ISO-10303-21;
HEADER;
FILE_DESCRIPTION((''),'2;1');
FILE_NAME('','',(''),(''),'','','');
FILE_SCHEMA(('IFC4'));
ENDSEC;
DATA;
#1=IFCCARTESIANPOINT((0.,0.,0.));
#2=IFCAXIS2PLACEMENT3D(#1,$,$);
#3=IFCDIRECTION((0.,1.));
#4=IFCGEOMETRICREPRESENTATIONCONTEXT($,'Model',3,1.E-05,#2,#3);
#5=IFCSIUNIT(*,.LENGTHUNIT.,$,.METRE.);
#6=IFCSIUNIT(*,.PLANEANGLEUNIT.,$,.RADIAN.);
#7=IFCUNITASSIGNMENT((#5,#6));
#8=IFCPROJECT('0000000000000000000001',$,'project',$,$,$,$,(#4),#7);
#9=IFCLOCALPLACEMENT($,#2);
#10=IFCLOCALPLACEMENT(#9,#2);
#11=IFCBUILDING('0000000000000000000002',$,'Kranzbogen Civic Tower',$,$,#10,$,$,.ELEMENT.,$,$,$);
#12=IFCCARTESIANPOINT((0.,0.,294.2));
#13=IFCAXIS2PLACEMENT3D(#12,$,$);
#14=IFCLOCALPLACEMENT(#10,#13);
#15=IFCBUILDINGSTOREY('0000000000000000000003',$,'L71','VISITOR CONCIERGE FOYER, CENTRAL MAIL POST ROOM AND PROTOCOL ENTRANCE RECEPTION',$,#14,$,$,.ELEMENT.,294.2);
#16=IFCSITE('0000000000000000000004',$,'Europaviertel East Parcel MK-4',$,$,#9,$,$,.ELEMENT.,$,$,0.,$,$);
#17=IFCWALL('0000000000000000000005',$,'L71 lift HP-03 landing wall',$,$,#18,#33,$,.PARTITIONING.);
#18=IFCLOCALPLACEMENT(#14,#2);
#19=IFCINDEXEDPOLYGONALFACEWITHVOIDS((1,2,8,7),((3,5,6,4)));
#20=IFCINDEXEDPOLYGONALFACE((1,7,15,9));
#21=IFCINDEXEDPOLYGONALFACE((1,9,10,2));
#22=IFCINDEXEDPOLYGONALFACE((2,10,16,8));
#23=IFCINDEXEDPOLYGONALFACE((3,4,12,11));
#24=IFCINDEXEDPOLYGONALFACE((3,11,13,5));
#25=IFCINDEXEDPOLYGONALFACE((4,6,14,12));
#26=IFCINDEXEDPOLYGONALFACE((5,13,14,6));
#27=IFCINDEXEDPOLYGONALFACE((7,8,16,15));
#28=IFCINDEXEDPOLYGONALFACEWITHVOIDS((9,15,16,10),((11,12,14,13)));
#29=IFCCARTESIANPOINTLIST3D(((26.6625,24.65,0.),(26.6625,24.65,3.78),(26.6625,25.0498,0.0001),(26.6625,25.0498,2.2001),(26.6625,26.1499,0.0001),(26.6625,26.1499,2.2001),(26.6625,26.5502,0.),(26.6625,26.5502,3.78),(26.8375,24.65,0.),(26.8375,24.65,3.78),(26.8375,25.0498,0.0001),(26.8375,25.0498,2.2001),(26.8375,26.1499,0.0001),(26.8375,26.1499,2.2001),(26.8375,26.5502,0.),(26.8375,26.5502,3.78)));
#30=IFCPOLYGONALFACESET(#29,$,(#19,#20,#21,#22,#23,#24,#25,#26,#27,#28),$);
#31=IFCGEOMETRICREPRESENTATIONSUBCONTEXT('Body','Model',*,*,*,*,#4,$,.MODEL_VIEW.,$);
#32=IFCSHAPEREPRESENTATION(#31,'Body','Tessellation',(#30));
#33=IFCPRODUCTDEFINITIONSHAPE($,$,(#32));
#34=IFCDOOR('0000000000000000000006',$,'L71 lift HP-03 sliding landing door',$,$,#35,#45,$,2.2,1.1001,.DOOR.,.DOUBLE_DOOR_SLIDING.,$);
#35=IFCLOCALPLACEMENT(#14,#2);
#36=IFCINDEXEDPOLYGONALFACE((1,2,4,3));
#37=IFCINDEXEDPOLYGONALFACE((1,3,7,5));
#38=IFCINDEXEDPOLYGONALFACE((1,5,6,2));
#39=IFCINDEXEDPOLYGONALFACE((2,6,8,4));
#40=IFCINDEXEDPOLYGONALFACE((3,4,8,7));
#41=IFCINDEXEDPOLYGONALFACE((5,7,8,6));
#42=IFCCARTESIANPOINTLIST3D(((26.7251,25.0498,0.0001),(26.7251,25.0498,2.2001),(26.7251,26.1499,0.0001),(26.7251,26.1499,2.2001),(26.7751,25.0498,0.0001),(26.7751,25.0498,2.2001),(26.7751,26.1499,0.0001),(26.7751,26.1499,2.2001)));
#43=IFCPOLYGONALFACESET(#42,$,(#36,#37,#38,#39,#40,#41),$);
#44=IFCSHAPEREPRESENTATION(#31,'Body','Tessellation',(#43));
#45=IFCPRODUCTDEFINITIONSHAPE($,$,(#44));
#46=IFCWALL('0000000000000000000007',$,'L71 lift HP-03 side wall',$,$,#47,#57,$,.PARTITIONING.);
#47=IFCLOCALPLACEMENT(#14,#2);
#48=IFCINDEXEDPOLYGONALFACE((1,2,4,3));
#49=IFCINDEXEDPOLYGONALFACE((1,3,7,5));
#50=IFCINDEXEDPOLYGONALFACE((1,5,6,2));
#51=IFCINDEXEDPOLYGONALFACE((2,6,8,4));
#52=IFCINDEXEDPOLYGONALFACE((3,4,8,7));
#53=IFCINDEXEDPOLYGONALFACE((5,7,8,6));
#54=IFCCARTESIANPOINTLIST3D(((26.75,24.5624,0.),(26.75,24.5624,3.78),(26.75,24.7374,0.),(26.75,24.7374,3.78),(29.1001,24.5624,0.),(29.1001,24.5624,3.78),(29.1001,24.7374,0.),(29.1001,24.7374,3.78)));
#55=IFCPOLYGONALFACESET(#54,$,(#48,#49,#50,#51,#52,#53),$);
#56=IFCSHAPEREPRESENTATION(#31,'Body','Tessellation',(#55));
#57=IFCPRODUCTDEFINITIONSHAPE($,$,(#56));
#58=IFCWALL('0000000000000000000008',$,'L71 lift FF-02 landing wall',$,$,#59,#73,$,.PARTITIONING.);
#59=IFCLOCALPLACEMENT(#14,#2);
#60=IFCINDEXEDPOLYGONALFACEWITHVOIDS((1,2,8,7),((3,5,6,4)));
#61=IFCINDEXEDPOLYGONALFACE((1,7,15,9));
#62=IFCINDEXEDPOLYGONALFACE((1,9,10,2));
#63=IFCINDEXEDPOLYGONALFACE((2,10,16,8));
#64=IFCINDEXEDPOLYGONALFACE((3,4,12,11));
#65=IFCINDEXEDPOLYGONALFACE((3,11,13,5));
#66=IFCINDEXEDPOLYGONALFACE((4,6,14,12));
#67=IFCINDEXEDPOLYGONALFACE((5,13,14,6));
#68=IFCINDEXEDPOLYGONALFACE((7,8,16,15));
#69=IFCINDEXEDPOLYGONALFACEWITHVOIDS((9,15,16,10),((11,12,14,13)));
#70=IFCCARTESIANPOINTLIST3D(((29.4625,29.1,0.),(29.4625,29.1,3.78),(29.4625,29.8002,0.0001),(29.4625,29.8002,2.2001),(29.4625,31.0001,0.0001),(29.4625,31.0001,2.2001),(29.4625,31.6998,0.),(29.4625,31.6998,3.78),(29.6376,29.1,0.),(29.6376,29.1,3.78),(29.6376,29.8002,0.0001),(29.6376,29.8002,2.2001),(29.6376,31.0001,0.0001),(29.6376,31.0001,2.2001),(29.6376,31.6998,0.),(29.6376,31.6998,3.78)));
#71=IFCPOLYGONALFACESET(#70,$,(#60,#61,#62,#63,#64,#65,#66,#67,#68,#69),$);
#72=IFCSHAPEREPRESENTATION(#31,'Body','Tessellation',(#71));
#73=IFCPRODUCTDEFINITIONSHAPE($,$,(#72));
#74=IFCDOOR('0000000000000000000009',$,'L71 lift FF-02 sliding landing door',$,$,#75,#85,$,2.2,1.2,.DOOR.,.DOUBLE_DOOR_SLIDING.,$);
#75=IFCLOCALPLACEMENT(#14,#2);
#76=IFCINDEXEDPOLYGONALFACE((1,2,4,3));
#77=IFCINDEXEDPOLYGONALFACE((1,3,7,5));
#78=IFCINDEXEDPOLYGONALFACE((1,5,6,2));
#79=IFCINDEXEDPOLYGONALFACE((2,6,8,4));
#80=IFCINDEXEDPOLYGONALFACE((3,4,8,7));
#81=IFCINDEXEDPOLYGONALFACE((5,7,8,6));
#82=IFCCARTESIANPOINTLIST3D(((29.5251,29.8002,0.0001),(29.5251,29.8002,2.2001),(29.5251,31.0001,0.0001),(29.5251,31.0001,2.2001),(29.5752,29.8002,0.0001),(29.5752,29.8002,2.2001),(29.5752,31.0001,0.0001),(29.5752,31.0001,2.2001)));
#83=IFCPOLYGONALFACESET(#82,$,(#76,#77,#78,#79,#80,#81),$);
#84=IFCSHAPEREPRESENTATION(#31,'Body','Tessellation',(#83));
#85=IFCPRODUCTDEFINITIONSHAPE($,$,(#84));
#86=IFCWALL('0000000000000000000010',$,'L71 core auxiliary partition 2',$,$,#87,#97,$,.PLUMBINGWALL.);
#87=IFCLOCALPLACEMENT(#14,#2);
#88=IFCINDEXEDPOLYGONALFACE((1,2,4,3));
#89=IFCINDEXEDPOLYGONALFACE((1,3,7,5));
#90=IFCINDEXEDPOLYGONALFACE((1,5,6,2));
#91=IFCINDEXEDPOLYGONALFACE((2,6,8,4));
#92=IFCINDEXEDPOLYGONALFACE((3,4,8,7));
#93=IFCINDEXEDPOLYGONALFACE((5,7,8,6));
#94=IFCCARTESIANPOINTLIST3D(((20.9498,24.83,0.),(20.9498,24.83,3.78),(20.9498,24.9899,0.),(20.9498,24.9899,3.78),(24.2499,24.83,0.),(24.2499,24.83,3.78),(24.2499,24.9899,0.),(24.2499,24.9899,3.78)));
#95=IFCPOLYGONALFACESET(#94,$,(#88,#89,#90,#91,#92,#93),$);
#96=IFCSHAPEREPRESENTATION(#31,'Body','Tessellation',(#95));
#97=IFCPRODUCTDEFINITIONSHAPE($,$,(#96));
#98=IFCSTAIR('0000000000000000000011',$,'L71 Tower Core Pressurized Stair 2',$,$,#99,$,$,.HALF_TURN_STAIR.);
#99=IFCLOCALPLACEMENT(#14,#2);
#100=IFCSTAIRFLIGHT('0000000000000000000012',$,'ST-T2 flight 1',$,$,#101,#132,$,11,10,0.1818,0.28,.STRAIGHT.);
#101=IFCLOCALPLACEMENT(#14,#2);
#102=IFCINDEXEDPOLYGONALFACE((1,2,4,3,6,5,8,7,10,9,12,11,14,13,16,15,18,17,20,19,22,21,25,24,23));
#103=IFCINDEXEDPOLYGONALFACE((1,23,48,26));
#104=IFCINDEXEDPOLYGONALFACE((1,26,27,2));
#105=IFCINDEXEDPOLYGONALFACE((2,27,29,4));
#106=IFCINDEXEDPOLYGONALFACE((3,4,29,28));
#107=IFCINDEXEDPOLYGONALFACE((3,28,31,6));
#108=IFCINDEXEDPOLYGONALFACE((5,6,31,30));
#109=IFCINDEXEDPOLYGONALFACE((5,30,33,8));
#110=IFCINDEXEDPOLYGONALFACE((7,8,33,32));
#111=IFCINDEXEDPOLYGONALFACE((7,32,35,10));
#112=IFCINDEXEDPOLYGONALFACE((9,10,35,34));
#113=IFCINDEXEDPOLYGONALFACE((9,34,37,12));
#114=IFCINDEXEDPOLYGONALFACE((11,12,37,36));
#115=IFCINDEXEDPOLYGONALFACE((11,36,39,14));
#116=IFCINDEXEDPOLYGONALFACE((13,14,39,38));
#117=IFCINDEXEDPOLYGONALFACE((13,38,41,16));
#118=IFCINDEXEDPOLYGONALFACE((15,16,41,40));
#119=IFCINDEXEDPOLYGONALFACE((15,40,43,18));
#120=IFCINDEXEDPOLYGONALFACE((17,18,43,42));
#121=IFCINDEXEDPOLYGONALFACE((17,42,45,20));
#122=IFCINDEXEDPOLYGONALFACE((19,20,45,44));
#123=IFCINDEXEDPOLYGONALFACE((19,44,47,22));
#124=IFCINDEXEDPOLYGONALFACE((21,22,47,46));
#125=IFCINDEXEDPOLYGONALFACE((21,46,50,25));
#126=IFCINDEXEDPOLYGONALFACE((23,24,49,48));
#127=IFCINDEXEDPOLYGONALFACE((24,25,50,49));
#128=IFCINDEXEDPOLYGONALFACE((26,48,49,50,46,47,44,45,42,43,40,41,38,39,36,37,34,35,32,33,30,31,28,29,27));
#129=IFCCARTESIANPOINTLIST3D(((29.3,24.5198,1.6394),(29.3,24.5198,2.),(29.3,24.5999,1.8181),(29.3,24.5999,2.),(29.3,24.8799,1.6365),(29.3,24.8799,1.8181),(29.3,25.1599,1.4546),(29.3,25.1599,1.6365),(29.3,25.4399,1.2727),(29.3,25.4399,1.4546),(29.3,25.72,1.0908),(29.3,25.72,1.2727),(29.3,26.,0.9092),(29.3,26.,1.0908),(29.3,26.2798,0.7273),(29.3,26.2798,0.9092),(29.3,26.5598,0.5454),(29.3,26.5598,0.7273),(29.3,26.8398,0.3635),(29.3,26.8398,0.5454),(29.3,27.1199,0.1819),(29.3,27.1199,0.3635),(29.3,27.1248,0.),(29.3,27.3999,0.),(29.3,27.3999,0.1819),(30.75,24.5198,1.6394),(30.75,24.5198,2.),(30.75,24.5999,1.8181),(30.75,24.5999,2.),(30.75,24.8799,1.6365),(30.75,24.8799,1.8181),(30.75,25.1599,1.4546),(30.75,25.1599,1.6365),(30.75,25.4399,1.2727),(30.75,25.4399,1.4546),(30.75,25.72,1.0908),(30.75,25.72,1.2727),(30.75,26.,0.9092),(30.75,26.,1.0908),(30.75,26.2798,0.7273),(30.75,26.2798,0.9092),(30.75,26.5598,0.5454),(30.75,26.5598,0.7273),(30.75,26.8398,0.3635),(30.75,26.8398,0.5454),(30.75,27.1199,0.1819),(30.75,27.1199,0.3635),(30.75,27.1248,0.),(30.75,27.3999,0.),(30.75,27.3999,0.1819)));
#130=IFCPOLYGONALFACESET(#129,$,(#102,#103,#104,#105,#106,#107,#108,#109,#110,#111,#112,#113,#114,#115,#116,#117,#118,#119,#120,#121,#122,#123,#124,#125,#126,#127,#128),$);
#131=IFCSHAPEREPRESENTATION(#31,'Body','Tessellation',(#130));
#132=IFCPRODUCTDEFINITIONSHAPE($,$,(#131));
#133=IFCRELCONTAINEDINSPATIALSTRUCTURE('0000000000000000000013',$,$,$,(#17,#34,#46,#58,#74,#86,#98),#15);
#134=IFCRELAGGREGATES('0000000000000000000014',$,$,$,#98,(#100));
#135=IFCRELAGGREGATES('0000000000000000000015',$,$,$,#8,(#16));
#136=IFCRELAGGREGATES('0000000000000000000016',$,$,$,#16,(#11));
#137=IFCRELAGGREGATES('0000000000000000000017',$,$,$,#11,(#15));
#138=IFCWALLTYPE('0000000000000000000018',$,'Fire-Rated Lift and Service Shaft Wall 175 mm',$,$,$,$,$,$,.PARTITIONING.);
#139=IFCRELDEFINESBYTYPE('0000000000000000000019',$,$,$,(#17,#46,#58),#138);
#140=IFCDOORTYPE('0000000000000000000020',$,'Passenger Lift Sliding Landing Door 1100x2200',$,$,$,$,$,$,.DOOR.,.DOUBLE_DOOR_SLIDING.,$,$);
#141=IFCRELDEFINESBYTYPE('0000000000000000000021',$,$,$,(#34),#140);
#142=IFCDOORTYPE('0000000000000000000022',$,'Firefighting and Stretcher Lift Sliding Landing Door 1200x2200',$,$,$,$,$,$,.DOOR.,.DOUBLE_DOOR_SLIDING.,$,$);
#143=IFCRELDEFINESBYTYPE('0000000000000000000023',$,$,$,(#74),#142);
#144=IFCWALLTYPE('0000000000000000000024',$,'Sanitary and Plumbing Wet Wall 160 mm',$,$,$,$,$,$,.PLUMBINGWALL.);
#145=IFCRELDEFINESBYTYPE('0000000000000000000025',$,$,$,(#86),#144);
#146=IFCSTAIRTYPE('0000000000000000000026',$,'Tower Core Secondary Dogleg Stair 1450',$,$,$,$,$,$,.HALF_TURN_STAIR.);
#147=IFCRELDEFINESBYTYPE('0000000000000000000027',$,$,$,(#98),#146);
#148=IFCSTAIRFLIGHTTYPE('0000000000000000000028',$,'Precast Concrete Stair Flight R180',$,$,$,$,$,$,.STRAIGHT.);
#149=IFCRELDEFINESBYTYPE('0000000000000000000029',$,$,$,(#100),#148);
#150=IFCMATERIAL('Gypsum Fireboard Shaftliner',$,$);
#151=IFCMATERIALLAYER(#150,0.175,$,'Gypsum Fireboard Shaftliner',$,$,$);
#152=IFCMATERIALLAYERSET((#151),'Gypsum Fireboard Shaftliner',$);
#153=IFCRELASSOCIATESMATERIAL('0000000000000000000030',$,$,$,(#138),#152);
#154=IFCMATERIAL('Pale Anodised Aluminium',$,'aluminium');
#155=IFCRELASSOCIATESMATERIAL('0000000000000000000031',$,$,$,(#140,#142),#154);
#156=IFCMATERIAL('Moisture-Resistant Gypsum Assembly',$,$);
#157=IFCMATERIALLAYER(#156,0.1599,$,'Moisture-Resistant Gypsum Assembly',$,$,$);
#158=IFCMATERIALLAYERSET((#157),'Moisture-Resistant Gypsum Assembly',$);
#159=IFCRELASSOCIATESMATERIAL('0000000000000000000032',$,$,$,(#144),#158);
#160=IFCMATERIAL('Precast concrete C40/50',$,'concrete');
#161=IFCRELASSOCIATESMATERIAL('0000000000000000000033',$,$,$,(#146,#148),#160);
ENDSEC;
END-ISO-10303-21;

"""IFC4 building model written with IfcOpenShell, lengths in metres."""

from ifc_helpers import new_model, si_unit, direction, frame, frame_2d, origin, place, context, subcontext, project, spatial, polyline, rectangle, outline, extrude, material, layer, layer_set, type_object, element, fill, aggregate, save


model = new_model("IFC4")

# Units and contexts
model_context = context("Model", 3, precision=1e-05, world=origin(), true_north=direction((0.0, 1.0)))
body_context = subcontext(model_context, "Body", "Model", "MODEL_VIEW")
ifc_project = project(units=[si_unit("LENGTHUNIT", "METRE"), si_unit("PLANEANGLEUNIT", "RADIAN")], contexts=[model_context])

# Site, building, storey
site_placement = place(None, origin())
site = spatial("IfcSite", under=ifc_project, at=site_placement, Name="Europaviertel East Parcel MK-4", CompositionType="ELEMENT", RefElevation=0.0)
building_placement = place(site_placement, origin())
building = spatial("IfcBuilding", under=site, at=building_placement, Name="Kranzbogen Civic Tower", CompositionType="ELEMENT")
storey_placement = place(building_placement, frame((0.0, 0.0, 294.2)))
storey = spatial("IfcBuildingStorey", under=building, at=storey_placement, Name="L71", Description="VISITOR CONCIERGE FOYER, CENTRAL MAIL POST ROOM AND PROTOCOL ENTRANCE RECEPTION", CompositionType="ELEMENT", Elevation=294.2)

# Shared definitions
ifc_material_1 = material(Name="Pale Anodised Aluminium", Category="aluminium")

# Wall, opening, door
ifc_material_2 = material(Name="Gypsum Fireboard Shaftliner")
ifc_layer_1 = layer(ifc_material_2, 0.175, Name="Gypsum Fireboard Shaftliner")
ifc_layer_set_1 = layer_set([ifc_layer_1], Name="Gypsum Fireboard Shaftliner")
wall_type_1 = type_object("IfcWallType", Name="Fire-Rated Lift and Service Shaft Wall 175 mm", PredefinedType="PARTITIONING", material=ifc_layer_set_1)
wall_1_placement = place(storey_placement, frame((26.75, 24.6499, 0.0), z_axis=(0.0, 0.0, 1.0), x_axis=(0.0, 1.0, 0.0)))
wall_1 = element("IfcWall", 1, at=wall_1_placement, inside=storey, type_object=wall_type_1, Name="L71 lift HP-03 landing wall", PredefinedType="PARTITIONING", context=body_context, shape_type="SweptSolid", body=[
    extrude(rectangle(XDim=1.9001, YDim=0.175, at=frame_2d((0.9502, 0.0))), origin(), (0.0, 0.0, 1.0), 3.78),
])
opening_1_placement = place(wall_1_placement, frame((0.3999, 0.0, 0.0)))
opening_1 = element("IfcOpeningElement", 2, at=opening_1_placement, cuts=wall_1, PredefinedType="OPENING", context=body_context, shape_type="SweptSolid", body=[
    extrude(rectangle(XDim=1.1001, YDim=2.2, at=frame_2d((0.55, 1.1001))), frame((0.0, 0.0977, 0.0), z_axis=(0.0, -1.0, 0.0), x_axis=(1.0, 0.0, 0.0)), (0.0, 0.0, 1.0), 0.1951),
])
door_type_1 = type_object("IfcDoorType", Name="Passenger Lift Sliding Landing Door 1100x2200", OperationType="DOUBLE_DOOR_SLIDING", PredefinedType="DOOR", material=ifc_material_1)
door_1_placement = place(opening_1_placement, origin())
door_1 = element("IfcDoor", 3, at=door_1_placement, inside=storey, type_object=door_type_1, Name="L71 lift HP-03 sliding landing door", OperationType="DOUBLE_DOOR_SLIDING", OverallHeight=2.2, OverallWidth=1.1001, PredefinedType="DOOR", context=body_context, shape_type="SweptSolid", body=[
    extrude(rectangle(XDim=1.1001, YDim=2.2, at=frame_2d((0.55, 1.1001))), frame((0.0, 0.0249, 0.0), z_axis=(0.0, -1.0, 0.0), x_axis=(1.0, 0.0, 0.0)), (0.0, 0.0, 1.0), 0.05),
])
fill(opening_1, door_1)

# Wall
wall_2_placement = place(storey_placement, frame((26.75, 24.6499, 0.0), z_axis=(0.0, 0.0, 1.0), x_axis=(1.0, 0.0, 0.0)))
element("IfcWall", 4, at=wall_2_placement, inside=storey, type_object=wall_type_1, Name="L71 lift HP-03 side wall", PredefinedType="PARTITIONING", context=body_context, shape_type="SweptSolid", body=[
    extrude(rectangle(XDim=2.3501, YDim=0.175, at=frame_2d((1.175, 0.0))), origin(), (0.0, 0.0, 1.0), 3.78),
])

# Wall, opening, door
wall_3_placement = place(storey_placement, frame((29.55, 29.1001, 0.0), z_axis=(0.0, 0.0, 1.0), x_axis=(0.0, 1.0, 0.0)))
wall_3 = element("IfcWall", 5, at=wall_3_placement, inside=storey, type_object=wall_type_1, Name="L71 lift FF-02 landing wall", PredefinedType="PARTITIONING", context=body_context, shape_type="SweptSolid", body=[
    extrude(rectangle(XDim=2.5999, YDim=0.175, at=frame_2d((1.2998, 0.0))), origin(), (0.0, 0.0, 1.0), 3.78),
])
opening_2_placement = place(wall_3_placement, frame((0.7, 0.0, 0.0)))
opening_2 = element("IfcOpeningElement", 6, at=opening_2_placement, cuts=wall_3, PredefinedType="OPENING", context=body_context, shape_type="SweptSolid", body=[
    extrude(rectangle(XDim=1.2, YDim=2.2, at=frame_2d((0.6001, 1.1001))), frame((0.0, 0.0977, 0.0), z_axis=(0.0, -1.0, 0.0), x_axis=(1.0, 0.0, 0.0)), (0.0, 0.0, 1.0), 0.1951),
])
door_type_2 = type_object("IfcDoorType", Name="Firefighting and Stretcher Lift Sliding Landing Door 1200x2200", OperationType="DOUBLE_DOOR_SLIDING", PredefinedType="DOOR", material=ifc_material_1)
door_2_placement = place(opening_2_placement, origin())
door_2 = element("IfcDoor", 7, at=door_2_placement, inside=storey, type_object=door_type_2, Name="L71 lift FF-02 sliding landing door", OperationType="DOUBLE_DOOR_SLIDING", OverallHeight=2.2, OverallWidth=1.2, PredefinedType="DOOR", context=body_context, shape_type="SweptSolid", body=[
    extrude(rectangle(XDim=1.2, YDim=2.2, at=frame_2d((0.6001, 1.1001))), frame((0.0, 0.0249, 0.0), z_axis=(0.0, -1.0, 0.0), x_axis=(1.0, 0.0, 0.0)), (0.0, 0.0, 1.0), 0.05),
])
fill(opening_2, door_2)

# Wall
ifc_material_3 = material(Name="Moisture-Resistant Gypsum Assembly")
ifc_layer_2 = layer(ifc_material_3, 0.1599, Name="Moisture-Resistant Gypsum Assembly")
ifc_layer_set_2 = layer_set([ifc_layer_2], Name="Moisture-Resistant Gypsum Assembly")
wall_type_2 = type_object("IfcWallType", Name="Sanitary and Plumbing Wet Wall 160 mm", PredefinedType="PLUMBINGWALL", material=ifc_layer_set_2)
wall_4_placement = place(storey_placement, frame((20.95, 24.9099, 0.0), z_axis=(0.0, 0.0, 1.0), x_axis=(1.0, 0.0, 0.0)))
element("IfcWall", 8, at=wall_4_placement, inside=storey, type_object=wall_type_2, Name="L71 core auxiliary partition 2", PredefinedType="PLUMBINGWALL", context=body_context, shape_type="SweptSolid", body=[
    extrude(rectangle(XDim=3.3, YDim=0.1599, at=frame_2d((1.6499, 0.0))), origin(), (0.0, 0.0, 1.0), 3.78),
])

# Stair, stair flight
ifc_material_4 = material(Name="Precast concrete C40/50", Category="concrete")
stair_type = type_object("IfcStairType", Name="Tower Core Secondary Dogleg Stair 1450", PredefinedType="HALF_TURN_STAIR", material=ifc_material_4)
stair_placement = place(storey_placement, origin())
stair = element("IfcStair", 9, at=stair_placement, inside=storey, type_object=stair_type, Name="L71 Tower Core Pressurized Stair 2", PredefinedType="HALF_TURN_STAIR")
stair_flight_type = type_object("IfcStairFlightType", Name="Precast Concrete Stair Flight R180", PredefinedType="STRAIGHT", material=ifc_material_4)
stair_flight_placement = place(storey_placement, frame((30.0249, 27.3999, 0.0), z_axis=(0.0, 0.0, 1.0), x_axis=(0.0, -1.0, 0.0)))
stair_flight = element("IfcStairFlight", 10, at=stair_flight_placement, type_object=stair_flight_type, Name="ST-T2 flight 1", NumberOfRisers=11, NumberOfTreads=10, PredefinedType="STRAIGHT", RiserHeight=0.1818, TreadLength=0.28, context=body_context, shape_type="SweptSolid", body=[
    extrude(outline(polyline([(0.0, 0.0), (0.0, 0.1819), (0.28, 0.1819), (0.28, 0.3635), (0.5601, 0.3635), (0.5601, 0.5454), (0.8401, 0.5454), (0.8401, 0.7273), (1.1201, 0.7273), (1.1201, 0.9092), (1.3999, 0.9092), (1.3999, 1.0908), (1.6799, 1.0908), (1.6799, 1.2727), (1.96, 1.2727), (1.96, 1.4546), (2.24, 1.4546), (2.24, 1.6365), (2.52, 1.6365), (2.52, 1.8181), (2.8, 1.8181), (2.8, 2.0), (2.8801, 2.0), (2.8801, 1.6394), (0.2751, 0.0), (0.0, 0.0)])), frame((0.0, 0.7251, 0.0), z_axis=(0.0, -1.0, 0.0), x_axis=(1.0, 0.0, 0.0)), (0.0, 0.0, 1.0), 1.45),
])
aggregate(stair, [stair_flight])

save(model, "model.ifc")
